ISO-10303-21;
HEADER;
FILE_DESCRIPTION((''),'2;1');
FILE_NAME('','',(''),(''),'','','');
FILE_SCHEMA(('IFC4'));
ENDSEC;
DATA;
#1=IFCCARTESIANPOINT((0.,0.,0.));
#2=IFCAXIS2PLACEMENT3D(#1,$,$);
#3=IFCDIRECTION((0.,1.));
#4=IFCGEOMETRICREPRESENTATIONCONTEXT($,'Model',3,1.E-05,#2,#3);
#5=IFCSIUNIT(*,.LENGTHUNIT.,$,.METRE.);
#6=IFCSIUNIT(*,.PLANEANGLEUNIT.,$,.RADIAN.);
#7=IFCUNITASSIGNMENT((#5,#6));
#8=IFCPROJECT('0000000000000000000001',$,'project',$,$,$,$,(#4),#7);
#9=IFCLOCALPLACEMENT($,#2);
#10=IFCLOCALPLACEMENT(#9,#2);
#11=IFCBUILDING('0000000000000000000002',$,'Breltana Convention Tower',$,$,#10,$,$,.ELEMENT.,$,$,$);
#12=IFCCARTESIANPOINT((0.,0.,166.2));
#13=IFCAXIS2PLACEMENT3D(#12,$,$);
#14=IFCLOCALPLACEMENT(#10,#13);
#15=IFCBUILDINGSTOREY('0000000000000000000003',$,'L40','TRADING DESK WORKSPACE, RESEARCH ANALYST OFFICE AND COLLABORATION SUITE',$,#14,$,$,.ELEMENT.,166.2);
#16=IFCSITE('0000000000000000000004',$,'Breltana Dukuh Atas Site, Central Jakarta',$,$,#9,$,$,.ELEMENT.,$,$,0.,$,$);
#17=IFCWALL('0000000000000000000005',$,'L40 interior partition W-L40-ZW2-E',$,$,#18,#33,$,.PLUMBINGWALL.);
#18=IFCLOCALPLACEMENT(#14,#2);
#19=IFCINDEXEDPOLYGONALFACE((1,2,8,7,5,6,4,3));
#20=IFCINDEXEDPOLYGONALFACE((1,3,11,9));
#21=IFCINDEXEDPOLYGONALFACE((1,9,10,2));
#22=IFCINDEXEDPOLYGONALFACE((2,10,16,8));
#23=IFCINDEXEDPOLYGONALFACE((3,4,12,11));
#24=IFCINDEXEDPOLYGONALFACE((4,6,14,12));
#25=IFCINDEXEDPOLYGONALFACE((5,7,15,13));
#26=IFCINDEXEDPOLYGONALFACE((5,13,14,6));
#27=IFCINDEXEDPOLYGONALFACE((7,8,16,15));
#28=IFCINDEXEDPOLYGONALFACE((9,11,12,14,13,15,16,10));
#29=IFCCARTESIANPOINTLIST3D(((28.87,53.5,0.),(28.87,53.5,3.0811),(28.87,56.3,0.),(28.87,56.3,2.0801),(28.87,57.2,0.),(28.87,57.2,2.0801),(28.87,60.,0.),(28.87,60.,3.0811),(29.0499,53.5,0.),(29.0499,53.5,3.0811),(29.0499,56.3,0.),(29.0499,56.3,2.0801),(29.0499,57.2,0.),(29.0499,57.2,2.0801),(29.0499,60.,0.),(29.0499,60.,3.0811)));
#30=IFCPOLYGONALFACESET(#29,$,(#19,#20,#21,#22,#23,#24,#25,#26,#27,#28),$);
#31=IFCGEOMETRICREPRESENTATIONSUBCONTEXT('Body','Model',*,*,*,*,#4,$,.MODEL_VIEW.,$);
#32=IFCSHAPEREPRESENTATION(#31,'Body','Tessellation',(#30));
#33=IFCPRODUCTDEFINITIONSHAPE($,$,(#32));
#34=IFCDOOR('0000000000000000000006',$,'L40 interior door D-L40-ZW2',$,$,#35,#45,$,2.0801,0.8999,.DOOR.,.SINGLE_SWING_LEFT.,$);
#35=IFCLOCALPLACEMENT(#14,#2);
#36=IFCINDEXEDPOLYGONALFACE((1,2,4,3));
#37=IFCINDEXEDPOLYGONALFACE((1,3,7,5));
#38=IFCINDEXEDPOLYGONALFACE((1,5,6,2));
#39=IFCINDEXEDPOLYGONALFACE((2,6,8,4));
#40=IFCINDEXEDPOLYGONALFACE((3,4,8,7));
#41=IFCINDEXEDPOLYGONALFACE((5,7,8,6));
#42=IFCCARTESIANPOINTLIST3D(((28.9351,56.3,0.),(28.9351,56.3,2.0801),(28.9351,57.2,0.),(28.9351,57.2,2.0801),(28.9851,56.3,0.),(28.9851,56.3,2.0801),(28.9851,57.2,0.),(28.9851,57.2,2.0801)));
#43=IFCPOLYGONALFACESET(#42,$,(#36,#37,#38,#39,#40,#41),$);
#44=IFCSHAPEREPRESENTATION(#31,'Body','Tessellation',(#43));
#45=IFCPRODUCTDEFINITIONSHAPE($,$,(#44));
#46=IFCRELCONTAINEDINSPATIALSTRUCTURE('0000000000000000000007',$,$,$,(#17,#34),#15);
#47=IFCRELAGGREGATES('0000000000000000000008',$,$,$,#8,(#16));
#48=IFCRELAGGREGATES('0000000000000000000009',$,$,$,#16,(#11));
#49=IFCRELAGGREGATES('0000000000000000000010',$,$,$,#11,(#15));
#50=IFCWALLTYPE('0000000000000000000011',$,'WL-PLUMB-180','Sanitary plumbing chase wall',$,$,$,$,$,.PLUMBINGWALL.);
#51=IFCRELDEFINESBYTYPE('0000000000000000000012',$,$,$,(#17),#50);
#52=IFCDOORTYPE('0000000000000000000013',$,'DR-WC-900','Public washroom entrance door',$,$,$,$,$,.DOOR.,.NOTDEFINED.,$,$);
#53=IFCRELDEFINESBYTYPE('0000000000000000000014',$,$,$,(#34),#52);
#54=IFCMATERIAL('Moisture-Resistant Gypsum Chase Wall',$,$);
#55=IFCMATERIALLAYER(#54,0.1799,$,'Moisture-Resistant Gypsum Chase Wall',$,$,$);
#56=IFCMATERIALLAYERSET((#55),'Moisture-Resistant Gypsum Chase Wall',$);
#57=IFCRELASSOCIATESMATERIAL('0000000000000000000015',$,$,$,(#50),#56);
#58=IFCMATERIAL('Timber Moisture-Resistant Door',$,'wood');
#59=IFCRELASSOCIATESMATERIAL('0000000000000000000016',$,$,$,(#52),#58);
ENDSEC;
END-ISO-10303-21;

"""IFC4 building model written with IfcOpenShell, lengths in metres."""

from ifc_helpers import new_model, si_unit, direction, frame, frame_2d, origin, place, context, subcontext, project, spatial, rectangle, extrude, source, transform, mapped, material, layer, layer_set, type_object, type_shapes, element, fill, save


model = new_model("IFC4")

# Units and contexts
model_context = context("Model", 3, precision=1e-05, world=origin(), true_north=direction((0.0, 1.0)))
body_context = subcontext(model_context, "Body", "Model", "MODEL_VIEW")
ifc_project = project(units=[si_unit("LENGTHUNIT", "METRE"), si_unit("PLANEANGLEUNIT", "RADIAN")], contexts=[model_context])

# Site, building, storey
site_placement = place(None, origin())
site = spatial("IfcSite", under=ifc_project, at=site_placement, Name="Breltana Dukuh Atas Site, Central Jakarta", CompositionType="ELEMENT", RefElevation=0.0)
building_placement = place(site_placement, origin())
building = spatial("IfcBuilding", under=site, at=building_placement, Name="Breltana Convention Tower", CompositionType="ELEMENT")
storey_placement = place(building_placement, frame((0.0, 0.0, 166.2)))
storey = spatial("IfcBuildingStorey", under=building, at=storey_placement, Name="L40", Description="TRADING DESK WORKSPACE, RESEARCH ANALYST OFFICE AND COLLABORATION SUITE", CompositionType="ELEMENT", Elevation=166.2)

# Shared definitions
ifc_material_1 = material(Name="Moisture-Resistant Gypsum Chase Wall")
ifc_layer_1 = layer(ifc_material_1, 0.1799, Name="Moisture-Resistant Gypsum Chase Wall")
ifc_layer_set_1 = layer_set([ifc_layer_1], Name="Moisture-Resistant Gypsum Chase Wall")
wall_type_1 = type_object("IfcWallType", Name="WL-PLUMB-180", Description="Sanitary plumbing chase wall", PredefinedType="PLUMBINGWALL", material=ifc_layer_set_1)
ifc_material_2 = material(Name="Timber Moisture-Resistant Door", Category="wood")
door_type = type_object("IfcDoorType", Name="DR-WC-900", Description="Public washroom entrance door", OperationType="NOTDEFINED", PredefinedType="DOOR", material=ifc_material_2)
shared_shape_1 = source(origin(), body_context, "Body", "SweptSolid", [
    extrude(rectangle(XDim=0.8999, YDim=2.0801, at=frame_2d((0.45, 1.04))), frame((0.0, 0.0249, 0.0), z_axis=(0.0, -1.0, 0.0), x_axis=(1.0, 0.0, 0.0)), (0.0, 0.0, 1.0), 0.05),
])
type_shapes(door_type, [shared_shape_1])

# Wall, opening, door
shared_shape_2 = source(origin(), body_context, "Body", "SweptSolid", [
    extrude(rectangle(XDim=6.5, YDim=0.1799, at=frame_2d((3.25, 0.0))), origin(), (0.0, 0.0, 1.0), 3.0811),
])
wall_1_placement = place(storey_placement, frame((28.96, 53.5, 0.0), z_axis=(0.0, 0.0, 1.0), x_axis=(0.0, 1.0, 0.0)))
wall_1 = element("IfcWall", 1, at=wall_1_placement, inside=storey, type_object=wall_type_1, Name="L40 interior partition W-L40-ZW2-E", PredefinedType="PLUMBINGWALL", context=body_context, shape_type="MappedRepresentation", body=[
    mapped(shared_shape_2, transform((0.0, 0.0, 0.0), scale=1.0)),
])
opening_1_placement = place(wall_1_placement, frame((2.8, 0.0, 0.0)))
opening_1 = element("IfcOpeningElement", 2, at=opening_1_placement, cuts=wall_1, PredefinedType="OPENING", context=body_context, shape_type="SweptSolid", body=[
    extrude(rectangle(XDim=0.8999, YDim=2.0801, at=frame_2d((0.45, 1.04))), frame((0.0, 0.1001, 0.0), z_axis=(0.0, -1.0, 0.0), x_axis=(1.0, 0.0, 0.0)), (0.0, 0.0, 1.0), 0.2),
])
door_1_placement = place(opening_1_placement, origin())
door_1 = element("IfcDoor", 3, at=door_1_placement, inside=storey, type_object=door_type, Name="L40 interior door D-L40-ZW2", OperationType="SINGLE_SWING_LEFT", OverallHeight=2.0801, OverallWidth=0.8999, PredefinedType="DOOR", context=body_context, shape_type="MappedRepresentation", body=[
    mapped(shared_shape_1, transform((0.0, 0.0, 0.0), scale=1.0)),
])
fill(opening_1, door_1)

save(model, "model.ifc")
